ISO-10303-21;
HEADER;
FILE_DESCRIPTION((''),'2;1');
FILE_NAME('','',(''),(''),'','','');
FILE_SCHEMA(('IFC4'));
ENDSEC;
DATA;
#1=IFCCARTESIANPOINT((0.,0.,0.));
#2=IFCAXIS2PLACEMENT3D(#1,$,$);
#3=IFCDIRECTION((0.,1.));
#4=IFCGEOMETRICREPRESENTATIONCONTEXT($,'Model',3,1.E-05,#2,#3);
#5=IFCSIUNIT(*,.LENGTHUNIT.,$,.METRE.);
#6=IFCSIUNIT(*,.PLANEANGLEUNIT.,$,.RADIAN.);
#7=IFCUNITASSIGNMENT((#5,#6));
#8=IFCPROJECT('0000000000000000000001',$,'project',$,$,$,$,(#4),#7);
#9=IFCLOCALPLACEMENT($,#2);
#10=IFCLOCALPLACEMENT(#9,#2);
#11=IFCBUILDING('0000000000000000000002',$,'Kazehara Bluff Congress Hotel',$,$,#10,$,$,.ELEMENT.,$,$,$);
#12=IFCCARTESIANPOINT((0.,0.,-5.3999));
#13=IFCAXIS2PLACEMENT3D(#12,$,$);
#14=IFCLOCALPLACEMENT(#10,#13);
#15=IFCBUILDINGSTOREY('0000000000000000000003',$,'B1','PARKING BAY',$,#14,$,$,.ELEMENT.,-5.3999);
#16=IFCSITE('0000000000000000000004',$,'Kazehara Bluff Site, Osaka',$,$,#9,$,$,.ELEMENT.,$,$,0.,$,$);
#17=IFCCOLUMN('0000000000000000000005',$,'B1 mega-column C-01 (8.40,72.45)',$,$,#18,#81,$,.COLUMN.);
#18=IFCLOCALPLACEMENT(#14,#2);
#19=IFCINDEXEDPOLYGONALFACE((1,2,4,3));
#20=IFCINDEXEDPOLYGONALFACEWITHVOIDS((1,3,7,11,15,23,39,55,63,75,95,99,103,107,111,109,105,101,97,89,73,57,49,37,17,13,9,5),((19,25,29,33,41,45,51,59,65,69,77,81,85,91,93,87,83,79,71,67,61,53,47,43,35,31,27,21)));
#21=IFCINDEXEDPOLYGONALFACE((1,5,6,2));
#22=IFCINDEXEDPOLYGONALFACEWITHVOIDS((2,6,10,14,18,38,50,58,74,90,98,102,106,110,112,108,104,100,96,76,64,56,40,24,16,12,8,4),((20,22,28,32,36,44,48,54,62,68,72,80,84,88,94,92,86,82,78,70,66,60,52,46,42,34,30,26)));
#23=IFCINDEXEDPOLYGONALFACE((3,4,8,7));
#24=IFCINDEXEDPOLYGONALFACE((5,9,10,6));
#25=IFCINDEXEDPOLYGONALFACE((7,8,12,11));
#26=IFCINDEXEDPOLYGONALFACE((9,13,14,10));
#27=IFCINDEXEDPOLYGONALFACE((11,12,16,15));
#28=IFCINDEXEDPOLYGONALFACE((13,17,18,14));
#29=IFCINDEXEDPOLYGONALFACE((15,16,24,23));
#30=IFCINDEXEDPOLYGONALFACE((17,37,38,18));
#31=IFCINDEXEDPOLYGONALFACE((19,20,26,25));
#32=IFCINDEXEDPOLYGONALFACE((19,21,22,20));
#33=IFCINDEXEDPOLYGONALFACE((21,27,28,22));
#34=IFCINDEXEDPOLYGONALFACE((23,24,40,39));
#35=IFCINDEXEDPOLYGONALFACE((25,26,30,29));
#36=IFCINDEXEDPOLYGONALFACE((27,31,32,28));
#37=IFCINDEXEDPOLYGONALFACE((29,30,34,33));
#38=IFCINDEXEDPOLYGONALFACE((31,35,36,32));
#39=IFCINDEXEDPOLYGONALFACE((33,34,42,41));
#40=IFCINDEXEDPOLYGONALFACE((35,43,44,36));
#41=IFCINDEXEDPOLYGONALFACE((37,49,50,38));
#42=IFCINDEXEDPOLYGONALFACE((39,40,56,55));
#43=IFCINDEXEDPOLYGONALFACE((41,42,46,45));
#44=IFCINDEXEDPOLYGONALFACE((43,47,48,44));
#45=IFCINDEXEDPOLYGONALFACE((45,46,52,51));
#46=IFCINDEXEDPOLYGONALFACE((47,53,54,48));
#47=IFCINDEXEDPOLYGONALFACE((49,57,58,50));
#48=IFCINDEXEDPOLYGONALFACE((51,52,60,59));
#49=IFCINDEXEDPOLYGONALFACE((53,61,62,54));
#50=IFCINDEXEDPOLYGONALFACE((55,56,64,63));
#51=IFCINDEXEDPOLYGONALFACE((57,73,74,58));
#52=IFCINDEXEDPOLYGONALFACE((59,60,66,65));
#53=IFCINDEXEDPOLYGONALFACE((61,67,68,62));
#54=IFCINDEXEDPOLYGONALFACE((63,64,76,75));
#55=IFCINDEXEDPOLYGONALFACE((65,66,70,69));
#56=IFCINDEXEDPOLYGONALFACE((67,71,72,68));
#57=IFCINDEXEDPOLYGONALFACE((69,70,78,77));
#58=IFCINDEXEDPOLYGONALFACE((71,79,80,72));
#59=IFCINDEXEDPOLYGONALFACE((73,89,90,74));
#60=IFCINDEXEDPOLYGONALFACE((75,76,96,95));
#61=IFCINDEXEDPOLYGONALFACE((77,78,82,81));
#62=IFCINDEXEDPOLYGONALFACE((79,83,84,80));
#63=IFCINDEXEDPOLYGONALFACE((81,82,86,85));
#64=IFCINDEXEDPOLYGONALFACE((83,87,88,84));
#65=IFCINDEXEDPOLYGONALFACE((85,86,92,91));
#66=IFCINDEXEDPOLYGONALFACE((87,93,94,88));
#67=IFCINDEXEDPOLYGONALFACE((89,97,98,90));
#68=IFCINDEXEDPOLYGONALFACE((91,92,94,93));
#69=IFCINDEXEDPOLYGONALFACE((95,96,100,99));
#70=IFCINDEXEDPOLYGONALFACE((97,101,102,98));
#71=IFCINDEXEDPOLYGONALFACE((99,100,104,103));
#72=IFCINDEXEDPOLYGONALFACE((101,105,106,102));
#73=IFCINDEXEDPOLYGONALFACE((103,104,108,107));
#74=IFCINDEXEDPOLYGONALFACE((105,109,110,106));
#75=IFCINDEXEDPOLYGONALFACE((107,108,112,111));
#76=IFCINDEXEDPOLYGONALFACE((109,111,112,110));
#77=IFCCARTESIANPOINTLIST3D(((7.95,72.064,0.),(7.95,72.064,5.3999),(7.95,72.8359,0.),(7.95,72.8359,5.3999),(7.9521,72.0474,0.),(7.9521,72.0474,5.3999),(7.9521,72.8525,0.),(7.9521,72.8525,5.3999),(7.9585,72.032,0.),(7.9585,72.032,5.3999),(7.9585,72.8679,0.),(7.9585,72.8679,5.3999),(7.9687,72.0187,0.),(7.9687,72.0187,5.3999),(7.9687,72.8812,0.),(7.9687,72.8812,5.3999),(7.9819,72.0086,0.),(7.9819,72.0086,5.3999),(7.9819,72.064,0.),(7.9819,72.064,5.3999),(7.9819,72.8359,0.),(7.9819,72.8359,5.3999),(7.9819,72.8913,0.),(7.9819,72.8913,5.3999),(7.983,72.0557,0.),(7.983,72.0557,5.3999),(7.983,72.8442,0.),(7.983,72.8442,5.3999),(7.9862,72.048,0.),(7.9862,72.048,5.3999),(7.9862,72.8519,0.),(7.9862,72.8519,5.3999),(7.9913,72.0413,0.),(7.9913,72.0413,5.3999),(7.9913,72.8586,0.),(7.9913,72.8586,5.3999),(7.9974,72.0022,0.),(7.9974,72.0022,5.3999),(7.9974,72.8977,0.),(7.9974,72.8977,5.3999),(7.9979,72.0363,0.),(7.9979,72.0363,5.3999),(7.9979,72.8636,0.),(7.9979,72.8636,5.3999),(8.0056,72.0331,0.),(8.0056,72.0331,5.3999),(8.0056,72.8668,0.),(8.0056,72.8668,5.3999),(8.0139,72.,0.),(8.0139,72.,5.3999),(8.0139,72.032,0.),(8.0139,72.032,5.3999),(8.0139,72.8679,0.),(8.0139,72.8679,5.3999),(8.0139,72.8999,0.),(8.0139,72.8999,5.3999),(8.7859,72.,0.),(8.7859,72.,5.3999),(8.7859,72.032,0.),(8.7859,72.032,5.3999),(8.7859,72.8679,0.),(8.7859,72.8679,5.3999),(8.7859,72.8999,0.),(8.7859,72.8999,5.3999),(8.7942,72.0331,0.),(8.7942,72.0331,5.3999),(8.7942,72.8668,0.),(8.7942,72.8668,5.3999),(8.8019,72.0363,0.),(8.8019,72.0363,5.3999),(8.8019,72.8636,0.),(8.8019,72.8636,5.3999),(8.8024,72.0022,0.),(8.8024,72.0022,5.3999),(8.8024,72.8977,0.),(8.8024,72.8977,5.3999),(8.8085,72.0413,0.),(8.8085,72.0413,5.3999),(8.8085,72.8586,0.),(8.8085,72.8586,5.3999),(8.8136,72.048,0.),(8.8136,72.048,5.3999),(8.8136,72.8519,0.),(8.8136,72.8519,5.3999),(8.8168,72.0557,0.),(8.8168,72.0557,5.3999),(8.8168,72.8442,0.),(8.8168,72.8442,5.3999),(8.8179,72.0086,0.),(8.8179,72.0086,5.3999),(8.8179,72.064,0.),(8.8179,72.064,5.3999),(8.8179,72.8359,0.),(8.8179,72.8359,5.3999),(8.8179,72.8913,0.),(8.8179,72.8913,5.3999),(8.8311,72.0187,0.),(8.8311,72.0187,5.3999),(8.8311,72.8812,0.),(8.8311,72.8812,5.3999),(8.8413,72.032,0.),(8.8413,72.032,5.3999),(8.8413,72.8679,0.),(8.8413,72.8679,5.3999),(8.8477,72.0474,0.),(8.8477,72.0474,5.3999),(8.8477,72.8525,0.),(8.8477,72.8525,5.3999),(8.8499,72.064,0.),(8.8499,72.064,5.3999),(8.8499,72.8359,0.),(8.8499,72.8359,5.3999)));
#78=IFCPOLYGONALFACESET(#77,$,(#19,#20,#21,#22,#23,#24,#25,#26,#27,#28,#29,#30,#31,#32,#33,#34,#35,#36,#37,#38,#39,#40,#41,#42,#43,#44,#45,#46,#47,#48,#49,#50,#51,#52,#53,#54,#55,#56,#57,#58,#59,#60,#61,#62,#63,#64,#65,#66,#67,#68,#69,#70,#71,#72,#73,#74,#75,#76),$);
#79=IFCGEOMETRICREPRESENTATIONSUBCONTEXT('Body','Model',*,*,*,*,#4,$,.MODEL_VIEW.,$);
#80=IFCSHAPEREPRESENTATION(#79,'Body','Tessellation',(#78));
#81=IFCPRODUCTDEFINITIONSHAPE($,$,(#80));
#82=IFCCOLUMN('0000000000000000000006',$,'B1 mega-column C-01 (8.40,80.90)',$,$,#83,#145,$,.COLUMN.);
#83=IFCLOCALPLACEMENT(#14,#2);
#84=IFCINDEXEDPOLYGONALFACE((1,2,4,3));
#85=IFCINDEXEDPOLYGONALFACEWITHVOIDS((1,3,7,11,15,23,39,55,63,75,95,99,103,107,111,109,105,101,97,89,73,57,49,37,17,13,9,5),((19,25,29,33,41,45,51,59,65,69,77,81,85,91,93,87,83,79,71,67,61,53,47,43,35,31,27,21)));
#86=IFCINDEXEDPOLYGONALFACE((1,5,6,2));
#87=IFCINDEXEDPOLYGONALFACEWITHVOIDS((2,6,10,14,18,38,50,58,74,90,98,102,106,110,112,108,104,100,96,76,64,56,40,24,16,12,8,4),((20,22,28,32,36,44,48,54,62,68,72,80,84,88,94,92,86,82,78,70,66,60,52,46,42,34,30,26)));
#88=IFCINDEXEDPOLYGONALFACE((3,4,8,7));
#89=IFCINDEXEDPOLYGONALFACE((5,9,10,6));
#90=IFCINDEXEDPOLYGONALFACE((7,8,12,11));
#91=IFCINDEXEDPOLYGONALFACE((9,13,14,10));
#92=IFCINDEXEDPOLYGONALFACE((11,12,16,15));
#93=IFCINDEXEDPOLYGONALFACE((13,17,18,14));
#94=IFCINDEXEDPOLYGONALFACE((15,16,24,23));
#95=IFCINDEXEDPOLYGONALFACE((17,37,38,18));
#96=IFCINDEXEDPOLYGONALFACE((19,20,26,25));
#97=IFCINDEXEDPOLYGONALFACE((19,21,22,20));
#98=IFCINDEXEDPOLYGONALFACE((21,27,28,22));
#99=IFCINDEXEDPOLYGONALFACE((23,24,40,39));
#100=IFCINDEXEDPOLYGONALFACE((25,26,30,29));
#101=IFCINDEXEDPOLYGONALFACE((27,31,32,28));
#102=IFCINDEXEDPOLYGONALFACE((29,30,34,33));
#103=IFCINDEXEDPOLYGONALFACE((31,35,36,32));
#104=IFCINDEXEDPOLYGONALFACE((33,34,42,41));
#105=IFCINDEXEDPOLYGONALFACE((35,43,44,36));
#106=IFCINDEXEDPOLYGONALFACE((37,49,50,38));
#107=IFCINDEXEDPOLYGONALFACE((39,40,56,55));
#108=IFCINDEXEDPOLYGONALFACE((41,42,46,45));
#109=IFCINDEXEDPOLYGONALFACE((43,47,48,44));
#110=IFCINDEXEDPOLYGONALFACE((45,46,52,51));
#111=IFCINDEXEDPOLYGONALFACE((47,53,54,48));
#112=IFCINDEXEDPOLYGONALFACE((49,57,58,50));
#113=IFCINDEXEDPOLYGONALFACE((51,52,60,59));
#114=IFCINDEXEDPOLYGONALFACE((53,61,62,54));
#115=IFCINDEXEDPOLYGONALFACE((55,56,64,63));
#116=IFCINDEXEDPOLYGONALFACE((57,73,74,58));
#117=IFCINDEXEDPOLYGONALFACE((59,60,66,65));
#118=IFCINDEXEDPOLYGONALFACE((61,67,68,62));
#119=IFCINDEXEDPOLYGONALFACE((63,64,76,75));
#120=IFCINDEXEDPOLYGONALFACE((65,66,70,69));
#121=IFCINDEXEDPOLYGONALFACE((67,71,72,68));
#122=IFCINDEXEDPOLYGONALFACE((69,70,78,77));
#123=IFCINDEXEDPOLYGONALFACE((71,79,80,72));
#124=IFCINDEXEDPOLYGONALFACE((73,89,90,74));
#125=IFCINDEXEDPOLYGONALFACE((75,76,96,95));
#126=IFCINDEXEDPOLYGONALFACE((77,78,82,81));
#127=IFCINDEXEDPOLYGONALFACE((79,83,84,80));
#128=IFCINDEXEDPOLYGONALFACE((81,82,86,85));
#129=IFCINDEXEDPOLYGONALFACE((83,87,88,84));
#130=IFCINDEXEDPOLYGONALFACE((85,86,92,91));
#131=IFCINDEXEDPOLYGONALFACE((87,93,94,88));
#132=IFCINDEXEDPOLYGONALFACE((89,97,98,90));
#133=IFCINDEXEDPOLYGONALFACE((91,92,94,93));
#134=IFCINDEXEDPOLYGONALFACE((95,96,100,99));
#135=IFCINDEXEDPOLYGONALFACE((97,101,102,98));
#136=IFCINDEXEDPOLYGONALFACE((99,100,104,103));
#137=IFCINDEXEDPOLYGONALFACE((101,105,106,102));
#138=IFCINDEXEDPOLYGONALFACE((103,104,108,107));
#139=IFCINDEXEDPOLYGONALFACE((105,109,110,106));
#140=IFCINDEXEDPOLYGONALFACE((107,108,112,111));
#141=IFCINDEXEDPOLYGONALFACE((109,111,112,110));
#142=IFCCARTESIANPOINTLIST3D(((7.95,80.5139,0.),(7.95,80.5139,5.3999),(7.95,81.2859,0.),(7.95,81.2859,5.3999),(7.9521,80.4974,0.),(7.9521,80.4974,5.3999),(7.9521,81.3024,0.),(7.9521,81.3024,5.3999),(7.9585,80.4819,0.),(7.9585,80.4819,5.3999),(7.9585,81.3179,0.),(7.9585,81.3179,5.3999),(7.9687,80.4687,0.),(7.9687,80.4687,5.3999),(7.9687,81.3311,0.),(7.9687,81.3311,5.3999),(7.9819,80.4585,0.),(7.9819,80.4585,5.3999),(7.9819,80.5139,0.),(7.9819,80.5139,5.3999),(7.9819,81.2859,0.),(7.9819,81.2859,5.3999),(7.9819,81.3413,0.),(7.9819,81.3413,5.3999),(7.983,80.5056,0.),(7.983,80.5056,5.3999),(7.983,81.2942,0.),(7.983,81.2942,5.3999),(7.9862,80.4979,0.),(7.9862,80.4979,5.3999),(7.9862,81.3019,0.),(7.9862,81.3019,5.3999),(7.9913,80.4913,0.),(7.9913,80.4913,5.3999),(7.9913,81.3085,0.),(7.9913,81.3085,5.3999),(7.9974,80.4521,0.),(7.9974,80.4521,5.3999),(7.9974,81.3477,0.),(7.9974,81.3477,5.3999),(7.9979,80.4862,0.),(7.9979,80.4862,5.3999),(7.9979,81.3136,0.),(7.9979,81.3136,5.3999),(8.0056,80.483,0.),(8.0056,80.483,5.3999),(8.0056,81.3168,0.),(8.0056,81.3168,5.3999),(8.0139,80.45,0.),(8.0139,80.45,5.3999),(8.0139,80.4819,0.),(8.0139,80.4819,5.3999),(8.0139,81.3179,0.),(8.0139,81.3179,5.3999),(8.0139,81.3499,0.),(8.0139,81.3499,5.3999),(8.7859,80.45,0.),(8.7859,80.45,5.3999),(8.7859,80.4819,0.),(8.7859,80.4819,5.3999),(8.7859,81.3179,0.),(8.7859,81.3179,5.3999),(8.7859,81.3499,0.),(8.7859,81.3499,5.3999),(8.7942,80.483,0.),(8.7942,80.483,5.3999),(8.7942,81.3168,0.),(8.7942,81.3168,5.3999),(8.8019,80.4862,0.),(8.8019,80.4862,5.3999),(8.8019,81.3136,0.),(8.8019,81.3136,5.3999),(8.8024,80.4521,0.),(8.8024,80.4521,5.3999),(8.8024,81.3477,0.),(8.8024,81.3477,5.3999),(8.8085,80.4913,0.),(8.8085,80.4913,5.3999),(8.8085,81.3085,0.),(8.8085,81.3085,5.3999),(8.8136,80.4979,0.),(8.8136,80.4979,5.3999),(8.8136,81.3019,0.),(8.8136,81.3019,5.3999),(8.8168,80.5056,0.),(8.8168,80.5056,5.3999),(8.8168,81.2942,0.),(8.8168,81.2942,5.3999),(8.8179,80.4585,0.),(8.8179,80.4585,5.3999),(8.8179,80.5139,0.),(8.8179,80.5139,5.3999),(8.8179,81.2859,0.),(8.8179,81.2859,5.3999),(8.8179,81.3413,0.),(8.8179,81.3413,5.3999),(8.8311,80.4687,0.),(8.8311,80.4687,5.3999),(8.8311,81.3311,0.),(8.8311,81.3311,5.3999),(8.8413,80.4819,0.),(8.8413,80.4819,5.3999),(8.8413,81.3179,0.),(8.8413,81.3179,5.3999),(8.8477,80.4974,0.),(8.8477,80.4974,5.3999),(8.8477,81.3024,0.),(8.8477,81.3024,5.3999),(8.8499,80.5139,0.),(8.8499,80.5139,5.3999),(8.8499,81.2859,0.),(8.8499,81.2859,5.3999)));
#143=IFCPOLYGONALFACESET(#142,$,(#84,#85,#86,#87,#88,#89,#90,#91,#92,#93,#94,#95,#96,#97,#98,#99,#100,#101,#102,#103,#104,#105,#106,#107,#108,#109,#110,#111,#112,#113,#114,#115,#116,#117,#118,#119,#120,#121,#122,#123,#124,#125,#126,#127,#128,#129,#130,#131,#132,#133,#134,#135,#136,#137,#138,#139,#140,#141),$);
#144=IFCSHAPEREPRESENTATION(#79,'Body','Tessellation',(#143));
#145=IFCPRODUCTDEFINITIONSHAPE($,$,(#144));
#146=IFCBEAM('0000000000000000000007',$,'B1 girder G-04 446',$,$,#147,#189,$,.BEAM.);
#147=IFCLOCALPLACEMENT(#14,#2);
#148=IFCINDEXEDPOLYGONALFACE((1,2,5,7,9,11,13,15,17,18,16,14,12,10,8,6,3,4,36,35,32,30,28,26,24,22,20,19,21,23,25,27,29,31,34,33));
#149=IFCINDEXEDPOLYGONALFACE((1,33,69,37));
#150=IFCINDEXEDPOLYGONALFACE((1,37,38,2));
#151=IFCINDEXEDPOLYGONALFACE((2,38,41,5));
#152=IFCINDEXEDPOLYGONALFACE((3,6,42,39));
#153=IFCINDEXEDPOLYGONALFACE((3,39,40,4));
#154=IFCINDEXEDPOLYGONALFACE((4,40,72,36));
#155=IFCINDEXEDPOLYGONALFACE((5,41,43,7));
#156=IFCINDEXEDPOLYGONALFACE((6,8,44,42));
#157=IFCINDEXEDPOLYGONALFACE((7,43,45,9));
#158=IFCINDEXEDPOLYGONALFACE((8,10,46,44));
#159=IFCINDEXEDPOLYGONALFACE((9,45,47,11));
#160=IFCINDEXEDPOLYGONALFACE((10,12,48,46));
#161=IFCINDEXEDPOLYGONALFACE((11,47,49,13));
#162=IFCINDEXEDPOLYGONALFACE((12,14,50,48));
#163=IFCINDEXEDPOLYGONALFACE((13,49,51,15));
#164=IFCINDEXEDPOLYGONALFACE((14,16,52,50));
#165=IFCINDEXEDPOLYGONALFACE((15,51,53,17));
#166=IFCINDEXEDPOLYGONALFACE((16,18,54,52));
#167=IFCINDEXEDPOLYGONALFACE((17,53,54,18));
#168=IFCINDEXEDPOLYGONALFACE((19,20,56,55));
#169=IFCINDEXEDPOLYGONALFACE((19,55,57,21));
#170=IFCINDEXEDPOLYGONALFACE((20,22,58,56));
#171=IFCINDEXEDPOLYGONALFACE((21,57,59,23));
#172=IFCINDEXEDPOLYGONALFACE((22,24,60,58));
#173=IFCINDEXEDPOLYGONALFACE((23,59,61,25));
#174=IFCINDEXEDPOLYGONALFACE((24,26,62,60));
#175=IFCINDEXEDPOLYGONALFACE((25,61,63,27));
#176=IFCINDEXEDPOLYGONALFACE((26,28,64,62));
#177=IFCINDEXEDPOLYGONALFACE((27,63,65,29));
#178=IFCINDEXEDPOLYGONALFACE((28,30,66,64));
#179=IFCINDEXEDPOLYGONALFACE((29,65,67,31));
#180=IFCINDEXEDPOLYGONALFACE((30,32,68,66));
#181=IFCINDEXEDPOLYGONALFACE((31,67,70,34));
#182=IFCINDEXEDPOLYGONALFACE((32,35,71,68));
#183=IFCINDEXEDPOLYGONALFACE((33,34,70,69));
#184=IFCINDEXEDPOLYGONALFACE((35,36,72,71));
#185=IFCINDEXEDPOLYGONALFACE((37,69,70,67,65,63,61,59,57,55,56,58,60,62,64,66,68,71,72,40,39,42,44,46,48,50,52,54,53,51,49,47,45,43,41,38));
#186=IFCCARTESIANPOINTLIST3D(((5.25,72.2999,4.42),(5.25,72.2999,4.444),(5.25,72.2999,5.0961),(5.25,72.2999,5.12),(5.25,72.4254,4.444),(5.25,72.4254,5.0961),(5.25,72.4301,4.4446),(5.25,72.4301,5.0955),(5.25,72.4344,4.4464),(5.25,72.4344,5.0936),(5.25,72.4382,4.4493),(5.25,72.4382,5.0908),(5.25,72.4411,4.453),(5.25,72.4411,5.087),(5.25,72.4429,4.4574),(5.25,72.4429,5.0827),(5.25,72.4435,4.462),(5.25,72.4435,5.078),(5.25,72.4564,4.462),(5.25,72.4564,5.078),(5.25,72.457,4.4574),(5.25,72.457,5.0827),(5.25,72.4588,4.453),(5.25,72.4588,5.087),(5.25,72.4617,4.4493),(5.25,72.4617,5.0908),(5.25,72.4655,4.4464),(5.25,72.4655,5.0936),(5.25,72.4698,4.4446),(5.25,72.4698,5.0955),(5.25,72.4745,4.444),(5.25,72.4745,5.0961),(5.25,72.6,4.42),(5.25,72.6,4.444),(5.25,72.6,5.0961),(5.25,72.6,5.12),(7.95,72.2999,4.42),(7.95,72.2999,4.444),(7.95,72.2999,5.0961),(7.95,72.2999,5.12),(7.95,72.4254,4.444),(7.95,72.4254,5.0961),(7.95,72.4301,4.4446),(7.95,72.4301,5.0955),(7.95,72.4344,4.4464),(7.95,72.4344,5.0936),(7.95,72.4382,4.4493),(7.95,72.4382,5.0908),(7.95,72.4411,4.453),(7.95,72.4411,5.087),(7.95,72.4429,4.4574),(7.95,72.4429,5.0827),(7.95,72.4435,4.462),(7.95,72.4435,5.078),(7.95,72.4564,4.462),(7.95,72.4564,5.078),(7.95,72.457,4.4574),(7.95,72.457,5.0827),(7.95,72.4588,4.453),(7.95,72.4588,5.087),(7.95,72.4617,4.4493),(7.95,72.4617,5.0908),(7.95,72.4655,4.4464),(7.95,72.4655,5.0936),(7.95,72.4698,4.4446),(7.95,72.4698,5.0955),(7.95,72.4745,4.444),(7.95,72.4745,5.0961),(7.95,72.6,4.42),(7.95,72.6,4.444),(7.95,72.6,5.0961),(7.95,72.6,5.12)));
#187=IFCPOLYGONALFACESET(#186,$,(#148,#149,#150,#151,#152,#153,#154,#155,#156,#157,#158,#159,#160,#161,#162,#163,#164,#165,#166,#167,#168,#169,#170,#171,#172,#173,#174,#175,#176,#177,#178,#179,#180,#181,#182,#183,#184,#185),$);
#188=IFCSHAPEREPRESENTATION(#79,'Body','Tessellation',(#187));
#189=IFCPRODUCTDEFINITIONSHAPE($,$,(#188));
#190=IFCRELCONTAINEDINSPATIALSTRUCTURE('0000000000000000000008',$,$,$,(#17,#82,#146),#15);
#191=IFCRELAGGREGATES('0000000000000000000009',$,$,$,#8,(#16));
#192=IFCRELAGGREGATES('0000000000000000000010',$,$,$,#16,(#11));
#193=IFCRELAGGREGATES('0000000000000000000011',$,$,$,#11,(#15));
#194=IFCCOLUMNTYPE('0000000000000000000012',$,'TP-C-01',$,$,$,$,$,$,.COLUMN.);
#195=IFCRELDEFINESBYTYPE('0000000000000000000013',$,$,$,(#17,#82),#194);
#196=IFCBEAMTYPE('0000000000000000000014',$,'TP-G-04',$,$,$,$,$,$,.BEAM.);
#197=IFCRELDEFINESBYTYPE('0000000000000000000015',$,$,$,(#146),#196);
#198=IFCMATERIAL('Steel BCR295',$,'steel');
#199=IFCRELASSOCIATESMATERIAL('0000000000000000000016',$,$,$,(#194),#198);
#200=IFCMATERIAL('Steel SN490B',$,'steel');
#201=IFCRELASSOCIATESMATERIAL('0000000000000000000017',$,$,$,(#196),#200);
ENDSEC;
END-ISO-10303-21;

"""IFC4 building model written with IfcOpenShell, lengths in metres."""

from ifc_helpers import new_model, si_unit, direction, frame, origin, origin_2d, place, context, subcontext, project, spatial, hollow_rectangle, i_section, extrude, material, material_profile, profile_set, type_object, element, save


model = new_model("IFC4")

# Units and contexts
model_context = context("Model", 3, precision=1e-05, world=origin(), true_north=direction((0.0, 1.0)))
body_context = subcontext(model_context, "Body", "Model", "MODEL_VIEW")
ifc_project = project(units=[si_unit("LENGTHUNIT", "METRE"), si_unit("PLANEANGLEUNIT", "RADIAN")], contexts=[model_context])

# Site, building, storey
site_placement = place(None, origin())
site = spatial("IfcSite", under=ifc_project, at=site_placement, Name="Kazehara Bluff Site, Osaka", CompositionType="ELEMENT", RefElevation=0.0)
building_placement = place(site_placement, origin())
building = spatial("IfcBuilding", under=site, at=building_placement, Name="Kazehara Bluff Congress Hotel", CompositionType="ELEMENT")
storey_placement = place(building_placement, frame((0.0, 0.0, -5.3999)))
storey = spatial("IfcBuildingStorey", under=building, at=storey_placement, Name="B1", Description="PARKING BAY", CompositionType="ELEMENT", Elevation=-5.3999)

# Columns
ifc_material_1 = material(Name="Steel BCR295", Category="steel")
ifc_material_profile_1 = material_profile(ifc_material_1, hollow_rectangle(XDim=0.8999, YDim=0.8999, WallThickness=0.032, InnerFilletRadius=0.032, OuterFilletRadius=0.064, at=origin_2d()))
ifc_profile_set_1 = profile_set([ifc_material_profile_1], Name="Steel BCR295")
column_type = type_object("IfcColumnType", Name="TP-C-01", PredefinedType="COLUMN", material=ifc_profile_set_1)
for number, where, z_axis, x_axis, name in (
    (1, (8.3999, 72.45, 0.0), (0.0, 0.0, 1.0), (1.0, 0.0, 0.0), "B1 mega-column C-01 (8.40,72.45)"),
    (2, (8.3999, 80.8999, 0.0), (0.0, 0.0, 1.0), (1.0, 0.0, 0.0), "B1 mega-column C-01 (8.40,80.90)"),
):
    element("IfcColumn", number, at=place(storey_placement, frame(where, z_axis=z_axis, x_axis=x_axis)), inside=storey, type_object=column_type, Name=name, PredefinedType="COLUMN", context=body_context, shape_type="SweptSolid", body=[
        extrude(hollow_rectangle(XDim=0.8999, YDim=0.8999, WallThickness=0.032, InnerFilletRadius=0.032, OuterFilletRadius=0.064, at=origin_2d()), origin(), (0.0, 0.0, 1.0), 5.3999),
    ])

# Beam
ifc_material_2 = material(Name="Steel SN490B", Category="steel")
ifc_material_profile_2 = material_profile(ifc_material_2, i_section(OverallWidth=0.3, OverallDepth=0.7, WebThickness=0.0129, FlangeThickness=0.0239, FilletRadius=0.0181, at=origin_2d()))
ifc_profile_set_2 = profile_set([ifc_material_profile_2], Name="Steel SN490B")
beam_type_1 = type_object("IfcBeamType", Name="TP-G-04", PredefinedType="BEAM", material=ifc_profile_set_2)
for number, where, z_axis, x_axis, name in (
    (3, (5.25, 72.45, 4.77), (1.0, 0.0, 0.0), (0.0, 1.0, 0.0), "B1 girder G-04 446"),
):
    element("IfcBeam", number, at=place(storey_placement, frame(where, z_axis=z_axis, x_axis=x_axis)), inside=storey, type_object=beam_type_1, Name=name, PredefinedType="BEAM", context=body_context, shape_type="SweptSolid", body=[
        extrude(i_section(OverallWidth=0.3, OverallDepth=0.7, WebThickness=0.0129, FlangeThickness=0.0239, FilletRadius=0.0181, at=origin_2d()), origin(), (0.0, 0.0, 1.0), 2.7),
    ])

save(model, "model.ifc")
